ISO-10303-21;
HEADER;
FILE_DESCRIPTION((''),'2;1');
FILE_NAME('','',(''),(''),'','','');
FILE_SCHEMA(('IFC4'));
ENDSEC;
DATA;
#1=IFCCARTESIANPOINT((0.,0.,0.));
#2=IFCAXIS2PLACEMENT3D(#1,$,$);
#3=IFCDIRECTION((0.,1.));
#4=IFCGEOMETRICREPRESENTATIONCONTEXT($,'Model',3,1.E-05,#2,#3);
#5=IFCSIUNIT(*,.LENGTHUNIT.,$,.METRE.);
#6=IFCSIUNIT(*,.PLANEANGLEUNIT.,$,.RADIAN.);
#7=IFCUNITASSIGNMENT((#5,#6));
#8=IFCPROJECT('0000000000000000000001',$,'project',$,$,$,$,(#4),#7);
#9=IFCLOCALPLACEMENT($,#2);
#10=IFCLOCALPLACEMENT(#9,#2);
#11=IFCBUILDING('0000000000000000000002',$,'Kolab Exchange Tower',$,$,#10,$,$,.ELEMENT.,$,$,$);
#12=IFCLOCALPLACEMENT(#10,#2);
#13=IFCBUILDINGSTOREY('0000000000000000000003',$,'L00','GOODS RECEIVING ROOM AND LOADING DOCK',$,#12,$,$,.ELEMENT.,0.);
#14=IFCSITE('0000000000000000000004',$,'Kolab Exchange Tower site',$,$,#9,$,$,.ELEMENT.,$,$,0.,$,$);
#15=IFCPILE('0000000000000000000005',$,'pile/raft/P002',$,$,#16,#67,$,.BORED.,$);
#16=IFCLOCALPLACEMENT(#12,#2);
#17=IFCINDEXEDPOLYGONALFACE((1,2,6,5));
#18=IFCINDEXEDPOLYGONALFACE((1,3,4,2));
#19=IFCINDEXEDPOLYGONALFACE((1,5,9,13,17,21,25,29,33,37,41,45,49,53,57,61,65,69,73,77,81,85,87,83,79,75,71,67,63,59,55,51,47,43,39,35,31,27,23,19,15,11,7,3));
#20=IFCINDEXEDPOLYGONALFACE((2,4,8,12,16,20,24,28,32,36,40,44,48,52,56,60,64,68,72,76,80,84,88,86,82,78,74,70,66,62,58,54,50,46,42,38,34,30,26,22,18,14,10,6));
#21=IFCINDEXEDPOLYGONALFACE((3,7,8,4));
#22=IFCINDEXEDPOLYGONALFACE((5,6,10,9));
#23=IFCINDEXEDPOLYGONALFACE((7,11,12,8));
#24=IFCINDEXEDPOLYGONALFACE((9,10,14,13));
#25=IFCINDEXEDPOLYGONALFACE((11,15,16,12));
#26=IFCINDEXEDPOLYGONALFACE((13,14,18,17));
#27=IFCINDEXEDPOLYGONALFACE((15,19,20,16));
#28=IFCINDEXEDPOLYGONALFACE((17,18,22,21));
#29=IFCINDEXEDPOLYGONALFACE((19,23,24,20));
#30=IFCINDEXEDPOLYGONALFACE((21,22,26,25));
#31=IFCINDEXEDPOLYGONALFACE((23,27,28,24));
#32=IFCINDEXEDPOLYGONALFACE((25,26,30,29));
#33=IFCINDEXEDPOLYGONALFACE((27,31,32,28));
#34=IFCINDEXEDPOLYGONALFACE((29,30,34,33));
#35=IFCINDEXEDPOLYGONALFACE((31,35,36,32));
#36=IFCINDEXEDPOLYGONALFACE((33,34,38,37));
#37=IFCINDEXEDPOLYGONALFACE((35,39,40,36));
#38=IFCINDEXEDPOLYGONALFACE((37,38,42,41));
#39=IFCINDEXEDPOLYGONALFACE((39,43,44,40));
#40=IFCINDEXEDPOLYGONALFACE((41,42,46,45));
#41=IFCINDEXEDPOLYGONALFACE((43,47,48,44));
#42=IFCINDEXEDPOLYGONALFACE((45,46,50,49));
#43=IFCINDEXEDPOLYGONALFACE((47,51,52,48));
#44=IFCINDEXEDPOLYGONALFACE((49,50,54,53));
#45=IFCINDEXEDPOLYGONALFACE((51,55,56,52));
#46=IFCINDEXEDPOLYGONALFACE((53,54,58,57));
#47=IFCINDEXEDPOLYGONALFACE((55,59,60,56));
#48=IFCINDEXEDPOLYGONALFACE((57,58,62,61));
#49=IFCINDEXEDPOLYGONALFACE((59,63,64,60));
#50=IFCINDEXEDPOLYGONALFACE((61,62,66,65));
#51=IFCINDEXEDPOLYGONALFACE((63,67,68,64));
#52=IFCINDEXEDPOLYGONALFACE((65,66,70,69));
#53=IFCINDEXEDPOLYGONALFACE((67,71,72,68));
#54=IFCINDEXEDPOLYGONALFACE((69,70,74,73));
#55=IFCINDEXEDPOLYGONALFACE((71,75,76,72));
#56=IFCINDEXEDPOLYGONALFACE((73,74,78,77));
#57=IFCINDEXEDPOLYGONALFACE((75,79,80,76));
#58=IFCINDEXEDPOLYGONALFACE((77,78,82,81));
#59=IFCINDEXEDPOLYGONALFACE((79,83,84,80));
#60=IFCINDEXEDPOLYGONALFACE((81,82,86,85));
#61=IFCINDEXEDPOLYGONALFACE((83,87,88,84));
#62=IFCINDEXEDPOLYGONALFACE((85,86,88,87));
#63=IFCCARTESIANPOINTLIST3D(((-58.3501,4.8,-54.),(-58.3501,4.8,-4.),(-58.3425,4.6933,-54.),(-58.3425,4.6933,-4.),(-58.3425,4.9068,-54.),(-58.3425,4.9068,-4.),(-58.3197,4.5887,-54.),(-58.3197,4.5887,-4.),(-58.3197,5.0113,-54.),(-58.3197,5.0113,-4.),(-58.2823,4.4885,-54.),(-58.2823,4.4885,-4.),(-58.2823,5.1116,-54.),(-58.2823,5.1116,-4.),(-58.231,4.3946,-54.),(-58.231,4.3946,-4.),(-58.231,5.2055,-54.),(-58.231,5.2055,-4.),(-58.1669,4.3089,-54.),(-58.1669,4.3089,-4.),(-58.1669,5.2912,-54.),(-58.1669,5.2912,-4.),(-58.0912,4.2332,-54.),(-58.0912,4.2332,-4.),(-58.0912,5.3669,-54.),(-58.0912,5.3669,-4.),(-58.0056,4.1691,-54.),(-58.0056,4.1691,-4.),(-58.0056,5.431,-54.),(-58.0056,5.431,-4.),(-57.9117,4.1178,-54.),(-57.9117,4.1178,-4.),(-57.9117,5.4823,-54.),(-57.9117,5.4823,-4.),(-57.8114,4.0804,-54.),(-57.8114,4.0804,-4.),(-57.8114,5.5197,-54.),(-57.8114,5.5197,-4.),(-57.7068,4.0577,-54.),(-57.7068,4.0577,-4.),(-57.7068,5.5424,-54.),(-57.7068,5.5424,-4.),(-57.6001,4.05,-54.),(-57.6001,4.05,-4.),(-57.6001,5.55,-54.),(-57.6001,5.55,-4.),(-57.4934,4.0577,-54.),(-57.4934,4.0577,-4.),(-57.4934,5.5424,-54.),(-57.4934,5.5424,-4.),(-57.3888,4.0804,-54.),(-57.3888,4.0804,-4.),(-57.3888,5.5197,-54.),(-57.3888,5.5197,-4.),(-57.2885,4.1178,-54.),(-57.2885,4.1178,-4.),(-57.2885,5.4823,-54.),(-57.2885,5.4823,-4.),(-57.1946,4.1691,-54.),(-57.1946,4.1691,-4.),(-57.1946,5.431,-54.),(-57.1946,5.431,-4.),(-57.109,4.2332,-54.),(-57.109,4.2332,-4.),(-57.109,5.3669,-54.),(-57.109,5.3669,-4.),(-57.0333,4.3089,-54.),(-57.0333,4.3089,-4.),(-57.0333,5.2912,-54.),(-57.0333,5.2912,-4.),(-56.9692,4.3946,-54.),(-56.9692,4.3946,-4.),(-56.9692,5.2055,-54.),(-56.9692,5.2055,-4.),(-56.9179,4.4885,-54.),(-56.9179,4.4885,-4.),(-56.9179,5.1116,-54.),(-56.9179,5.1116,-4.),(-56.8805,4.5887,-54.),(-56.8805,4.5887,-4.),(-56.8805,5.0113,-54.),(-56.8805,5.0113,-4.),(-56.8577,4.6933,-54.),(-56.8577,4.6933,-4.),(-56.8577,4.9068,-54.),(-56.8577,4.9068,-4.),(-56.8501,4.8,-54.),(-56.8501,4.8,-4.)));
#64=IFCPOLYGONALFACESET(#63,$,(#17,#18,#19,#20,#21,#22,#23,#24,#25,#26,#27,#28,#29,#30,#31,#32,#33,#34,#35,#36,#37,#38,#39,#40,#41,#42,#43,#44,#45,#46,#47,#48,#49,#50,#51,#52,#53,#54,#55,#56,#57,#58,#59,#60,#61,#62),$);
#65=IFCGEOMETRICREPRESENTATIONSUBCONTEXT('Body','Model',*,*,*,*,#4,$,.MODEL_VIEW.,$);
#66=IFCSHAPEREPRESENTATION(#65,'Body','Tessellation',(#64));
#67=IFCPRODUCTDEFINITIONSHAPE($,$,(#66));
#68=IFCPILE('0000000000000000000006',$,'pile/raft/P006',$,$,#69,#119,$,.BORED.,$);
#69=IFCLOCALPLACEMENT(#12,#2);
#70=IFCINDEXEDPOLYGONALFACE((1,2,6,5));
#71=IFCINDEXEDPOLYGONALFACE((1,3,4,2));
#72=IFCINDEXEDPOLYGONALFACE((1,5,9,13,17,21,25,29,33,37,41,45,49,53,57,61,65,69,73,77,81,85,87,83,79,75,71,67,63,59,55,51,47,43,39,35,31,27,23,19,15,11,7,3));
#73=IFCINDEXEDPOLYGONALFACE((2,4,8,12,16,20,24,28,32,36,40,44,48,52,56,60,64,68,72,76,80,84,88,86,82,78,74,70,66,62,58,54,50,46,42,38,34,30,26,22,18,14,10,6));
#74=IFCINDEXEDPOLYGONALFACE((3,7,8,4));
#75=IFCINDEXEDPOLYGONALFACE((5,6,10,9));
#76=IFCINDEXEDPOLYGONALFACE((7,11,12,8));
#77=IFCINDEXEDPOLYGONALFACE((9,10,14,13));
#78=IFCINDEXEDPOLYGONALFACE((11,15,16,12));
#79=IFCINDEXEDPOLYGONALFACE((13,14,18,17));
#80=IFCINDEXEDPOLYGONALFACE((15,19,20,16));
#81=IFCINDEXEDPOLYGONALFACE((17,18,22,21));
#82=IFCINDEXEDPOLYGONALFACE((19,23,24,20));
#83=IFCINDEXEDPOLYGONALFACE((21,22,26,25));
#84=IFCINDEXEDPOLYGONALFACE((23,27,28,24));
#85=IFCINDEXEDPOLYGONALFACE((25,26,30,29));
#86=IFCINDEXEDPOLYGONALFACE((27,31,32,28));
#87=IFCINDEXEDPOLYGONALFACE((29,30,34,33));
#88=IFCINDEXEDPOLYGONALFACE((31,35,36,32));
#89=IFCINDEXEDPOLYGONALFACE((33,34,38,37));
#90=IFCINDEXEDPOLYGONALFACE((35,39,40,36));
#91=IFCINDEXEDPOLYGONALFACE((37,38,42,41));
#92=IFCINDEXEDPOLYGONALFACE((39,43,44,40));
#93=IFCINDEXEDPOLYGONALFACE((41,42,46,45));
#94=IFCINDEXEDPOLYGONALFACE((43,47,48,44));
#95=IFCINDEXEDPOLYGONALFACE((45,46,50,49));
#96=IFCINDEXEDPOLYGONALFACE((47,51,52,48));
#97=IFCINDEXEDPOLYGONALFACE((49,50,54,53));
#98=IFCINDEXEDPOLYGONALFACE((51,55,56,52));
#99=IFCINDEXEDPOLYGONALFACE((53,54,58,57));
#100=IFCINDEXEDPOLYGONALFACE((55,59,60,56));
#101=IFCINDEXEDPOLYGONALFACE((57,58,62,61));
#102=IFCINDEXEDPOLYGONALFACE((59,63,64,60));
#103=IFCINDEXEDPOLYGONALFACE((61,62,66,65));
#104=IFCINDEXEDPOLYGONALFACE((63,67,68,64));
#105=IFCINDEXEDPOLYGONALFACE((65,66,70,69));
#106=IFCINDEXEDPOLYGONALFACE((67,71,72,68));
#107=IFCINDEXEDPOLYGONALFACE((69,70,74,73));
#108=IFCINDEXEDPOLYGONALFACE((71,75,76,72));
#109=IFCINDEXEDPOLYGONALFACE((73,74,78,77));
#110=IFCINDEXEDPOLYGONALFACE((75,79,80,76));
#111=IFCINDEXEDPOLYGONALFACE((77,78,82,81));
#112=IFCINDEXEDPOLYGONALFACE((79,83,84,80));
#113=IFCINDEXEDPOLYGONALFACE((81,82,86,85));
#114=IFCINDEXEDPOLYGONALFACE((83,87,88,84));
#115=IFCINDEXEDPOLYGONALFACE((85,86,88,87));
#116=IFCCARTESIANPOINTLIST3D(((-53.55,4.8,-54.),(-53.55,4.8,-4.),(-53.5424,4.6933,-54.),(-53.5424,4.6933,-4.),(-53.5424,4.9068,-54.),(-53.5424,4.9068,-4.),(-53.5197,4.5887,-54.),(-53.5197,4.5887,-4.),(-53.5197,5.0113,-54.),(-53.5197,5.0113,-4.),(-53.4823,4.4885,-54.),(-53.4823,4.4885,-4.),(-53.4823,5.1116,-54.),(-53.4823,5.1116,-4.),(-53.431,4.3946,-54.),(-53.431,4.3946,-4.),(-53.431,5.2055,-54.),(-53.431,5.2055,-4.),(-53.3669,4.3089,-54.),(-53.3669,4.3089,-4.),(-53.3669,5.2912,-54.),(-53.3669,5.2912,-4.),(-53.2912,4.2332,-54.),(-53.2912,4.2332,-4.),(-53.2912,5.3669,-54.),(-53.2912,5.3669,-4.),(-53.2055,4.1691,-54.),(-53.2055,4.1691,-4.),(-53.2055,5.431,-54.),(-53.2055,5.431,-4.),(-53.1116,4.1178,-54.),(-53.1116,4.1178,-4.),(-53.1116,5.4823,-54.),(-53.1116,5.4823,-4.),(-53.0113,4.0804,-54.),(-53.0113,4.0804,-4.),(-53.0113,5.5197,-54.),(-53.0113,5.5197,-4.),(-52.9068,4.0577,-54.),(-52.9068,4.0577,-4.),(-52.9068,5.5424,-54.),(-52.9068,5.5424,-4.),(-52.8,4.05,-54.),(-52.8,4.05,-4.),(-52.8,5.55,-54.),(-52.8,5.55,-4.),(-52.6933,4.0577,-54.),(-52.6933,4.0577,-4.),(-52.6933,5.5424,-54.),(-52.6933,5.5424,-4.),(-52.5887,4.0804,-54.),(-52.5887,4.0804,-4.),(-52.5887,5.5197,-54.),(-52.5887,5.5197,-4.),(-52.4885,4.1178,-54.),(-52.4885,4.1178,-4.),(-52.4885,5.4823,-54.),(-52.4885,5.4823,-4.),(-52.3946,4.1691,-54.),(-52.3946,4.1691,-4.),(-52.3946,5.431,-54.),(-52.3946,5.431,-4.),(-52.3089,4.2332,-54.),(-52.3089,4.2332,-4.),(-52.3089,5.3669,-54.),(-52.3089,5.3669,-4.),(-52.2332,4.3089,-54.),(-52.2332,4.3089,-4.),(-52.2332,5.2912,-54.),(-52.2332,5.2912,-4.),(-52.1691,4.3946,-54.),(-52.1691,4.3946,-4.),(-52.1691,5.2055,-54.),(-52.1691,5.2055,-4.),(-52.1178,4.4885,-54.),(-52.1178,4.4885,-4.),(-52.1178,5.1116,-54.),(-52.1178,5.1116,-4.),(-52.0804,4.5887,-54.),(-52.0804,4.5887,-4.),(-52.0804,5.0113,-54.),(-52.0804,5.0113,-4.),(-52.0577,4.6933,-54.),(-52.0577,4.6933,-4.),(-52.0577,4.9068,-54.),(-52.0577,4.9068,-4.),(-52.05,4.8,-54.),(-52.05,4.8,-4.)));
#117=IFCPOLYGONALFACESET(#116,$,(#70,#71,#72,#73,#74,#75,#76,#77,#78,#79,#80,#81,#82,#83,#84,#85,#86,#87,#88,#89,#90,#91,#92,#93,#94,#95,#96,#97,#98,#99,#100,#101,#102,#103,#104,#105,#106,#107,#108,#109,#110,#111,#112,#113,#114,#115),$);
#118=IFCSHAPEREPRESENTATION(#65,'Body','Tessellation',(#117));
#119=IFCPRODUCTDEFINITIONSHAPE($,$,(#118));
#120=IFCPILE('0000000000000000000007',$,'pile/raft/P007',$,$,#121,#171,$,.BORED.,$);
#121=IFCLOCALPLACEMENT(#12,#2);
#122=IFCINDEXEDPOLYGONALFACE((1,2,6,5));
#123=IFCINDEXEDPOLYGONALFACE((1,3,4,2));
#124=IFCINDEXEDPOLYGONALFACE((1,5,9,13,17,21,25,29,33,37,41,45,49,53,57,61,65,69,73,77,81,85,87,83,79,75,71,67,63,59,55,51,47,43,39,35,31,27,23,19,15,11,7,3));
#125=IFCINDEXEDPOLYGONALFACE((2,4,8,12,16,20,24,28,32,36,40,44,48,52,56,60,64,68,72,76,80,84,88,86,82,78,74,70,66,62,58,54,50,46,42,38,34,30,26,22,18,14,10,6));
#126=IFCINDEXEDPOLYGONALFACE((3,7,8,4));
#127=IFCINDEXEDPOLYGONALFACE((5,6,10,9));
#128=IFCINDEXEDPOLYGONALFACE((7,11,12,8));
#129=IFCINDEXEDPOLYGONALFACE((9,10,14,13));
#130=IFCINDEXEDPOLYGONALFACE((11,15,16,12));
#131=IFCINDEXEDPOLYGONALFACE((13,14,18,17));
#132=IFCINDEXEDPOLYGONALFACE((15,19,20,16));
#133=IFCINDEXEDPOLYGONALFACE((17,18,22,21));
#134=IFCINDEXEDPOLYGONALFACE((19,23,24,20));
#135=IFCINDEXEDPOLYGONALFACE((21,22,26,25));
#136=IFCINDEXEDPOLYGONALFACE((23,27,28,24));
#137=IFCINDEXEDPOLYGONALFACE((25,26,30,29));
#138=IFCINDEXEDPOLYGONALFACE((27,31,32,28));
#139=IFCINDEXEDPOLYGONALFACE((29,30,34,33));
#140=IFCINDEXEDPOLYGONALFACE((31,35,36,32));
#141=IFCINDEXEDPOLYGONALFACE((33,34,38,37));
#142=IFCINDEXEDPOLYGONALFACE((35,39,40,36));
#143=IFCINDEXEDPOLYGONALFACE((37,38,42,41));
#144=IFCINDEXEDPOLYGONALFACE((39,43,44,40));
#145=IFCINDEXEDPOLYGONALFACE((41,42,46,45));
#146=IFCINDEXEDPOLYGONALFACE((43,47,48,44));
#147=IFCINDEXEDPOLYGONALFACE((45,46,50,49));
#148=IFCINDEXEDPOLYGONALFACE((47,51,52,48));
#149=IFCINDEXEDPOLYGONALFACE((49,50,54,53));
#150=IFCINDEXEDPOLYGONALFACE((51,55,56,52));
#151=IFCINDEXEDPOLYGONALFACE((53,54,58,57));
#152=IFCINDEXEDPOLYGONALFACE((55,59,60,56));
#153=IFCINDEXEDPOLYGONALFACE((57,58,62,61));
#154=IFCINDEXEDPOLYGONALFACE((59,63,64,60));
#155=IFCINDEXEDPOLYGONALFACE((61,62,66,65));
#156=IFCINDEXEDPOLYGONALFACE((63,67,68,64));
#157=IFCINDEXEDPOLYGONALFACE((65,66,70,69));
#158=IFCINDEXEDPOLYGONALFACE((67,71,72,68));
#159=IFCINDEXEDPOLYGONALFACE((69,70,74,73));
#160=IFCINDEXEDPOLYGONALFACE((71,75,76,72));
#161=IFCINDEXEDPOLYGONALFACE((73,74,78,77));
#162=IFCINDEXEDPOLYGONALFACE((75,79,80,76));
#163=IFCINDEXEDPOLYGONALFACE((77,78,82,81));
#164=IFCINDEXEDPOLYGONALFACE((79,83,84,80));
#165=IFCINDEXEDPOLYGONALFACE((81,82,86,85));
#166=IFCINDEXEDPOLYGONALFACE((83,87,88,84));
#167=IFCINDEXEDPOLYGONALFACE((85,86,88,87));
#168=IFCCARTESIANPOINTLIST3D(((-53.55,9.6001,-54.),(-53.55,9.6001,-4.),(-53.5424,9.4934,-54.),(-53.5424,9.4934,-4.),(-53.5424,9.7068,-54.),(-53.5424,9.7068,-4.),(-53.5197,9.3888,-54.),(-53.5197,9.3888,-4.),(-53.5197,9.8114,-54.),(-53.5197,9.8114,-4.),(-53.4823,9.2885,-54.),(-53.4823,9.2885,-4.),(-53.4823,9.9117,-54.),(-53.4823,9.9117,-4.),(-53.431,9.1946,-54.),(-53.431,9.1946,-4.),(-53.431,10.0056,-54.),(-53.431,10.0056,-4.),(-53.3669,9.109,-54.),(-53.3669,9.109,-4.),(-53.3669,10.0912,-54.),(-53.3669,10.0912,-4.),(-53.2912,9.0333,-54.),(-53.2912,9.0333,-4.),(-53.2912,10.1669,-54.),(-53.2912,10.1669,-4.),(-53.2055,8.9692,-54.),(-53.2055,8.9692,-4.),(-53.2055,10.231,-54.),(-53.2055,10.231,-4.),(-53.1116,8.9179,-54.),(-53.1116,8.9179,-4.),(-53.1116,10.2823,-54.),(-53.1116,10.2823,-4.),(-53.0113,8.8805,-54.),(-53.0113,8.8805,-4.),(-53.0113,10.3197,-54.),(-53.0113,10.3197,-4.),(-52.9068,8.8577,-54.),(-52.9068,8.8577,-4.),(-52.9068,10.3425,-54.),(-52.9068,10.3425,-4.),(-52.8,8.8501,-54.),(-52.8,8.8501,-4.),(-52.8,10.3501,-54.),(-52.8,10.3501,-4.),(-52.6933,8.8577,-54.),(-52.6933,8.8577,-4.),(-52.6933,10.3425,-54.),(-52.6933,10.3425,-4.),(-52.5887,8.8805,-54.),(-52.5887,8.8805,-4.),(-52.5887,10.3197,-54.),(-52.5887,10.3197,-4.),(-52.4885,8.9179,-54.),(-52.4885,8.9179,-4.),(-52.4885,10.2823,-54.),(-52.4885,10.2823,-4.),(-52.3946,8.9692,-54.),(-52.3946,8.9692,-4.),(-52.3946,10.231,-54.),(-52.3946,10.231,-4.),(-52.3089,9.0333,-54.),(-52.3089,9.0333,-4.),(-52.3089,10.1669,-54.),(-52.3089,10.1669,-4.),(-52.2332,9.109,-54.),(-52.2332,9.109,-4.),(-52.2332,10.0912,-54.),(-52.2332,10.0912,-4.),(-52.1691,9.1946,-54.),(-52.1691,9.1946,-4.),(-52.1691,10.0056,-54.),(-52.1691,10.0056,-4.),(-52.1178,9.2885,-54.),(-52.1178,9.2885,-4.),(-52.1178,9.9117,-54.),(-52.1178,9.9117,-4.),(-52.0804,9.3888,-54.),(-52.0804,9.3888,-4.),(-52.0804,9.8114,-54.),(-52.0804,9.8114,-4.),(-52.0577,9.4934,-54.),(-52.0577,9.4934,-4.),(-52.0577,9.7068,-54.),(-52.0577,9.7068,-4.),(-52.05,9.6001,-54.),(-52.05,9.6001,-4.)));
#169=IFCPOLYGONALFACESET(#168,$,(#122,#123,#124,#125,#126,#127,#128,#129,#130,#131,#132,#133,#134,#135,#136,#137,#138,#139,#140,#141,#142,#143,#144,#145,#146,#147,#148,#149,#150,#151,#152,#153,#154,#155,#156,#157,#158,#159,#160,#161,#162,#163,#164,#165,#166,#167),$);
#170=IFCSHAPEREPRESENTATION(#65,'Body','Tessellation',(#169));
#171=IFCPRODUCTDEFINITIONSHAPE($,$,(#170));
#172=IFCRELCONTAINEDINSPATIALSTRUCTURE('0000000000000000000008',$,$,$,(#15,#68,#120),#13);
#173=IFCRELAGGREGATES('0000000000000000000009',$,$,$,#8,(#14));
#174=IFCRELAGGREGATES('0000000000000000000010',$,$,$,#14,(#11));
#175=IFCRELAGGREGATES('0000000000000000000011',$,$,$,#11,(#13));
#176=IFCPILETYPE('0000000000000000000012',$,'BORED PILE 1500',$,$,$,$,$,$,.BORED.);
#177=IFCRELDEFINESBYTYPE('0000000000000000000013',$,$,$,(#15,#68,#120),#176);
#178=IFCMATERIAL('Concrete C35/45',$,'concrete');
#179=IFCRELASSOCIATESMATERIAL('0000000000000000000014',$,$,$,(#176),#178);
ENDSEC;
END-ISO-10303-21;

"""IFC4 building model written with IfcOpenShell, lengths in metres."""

from ifc_helpers import new_model, si_unit, direction, frame, origin, origin_2d, place, context, subcontext, project, spatial, circle, extrude, material, material_profile, profile_set, type_object, element, save


model = new_model("IFC4")

# Units and contexts
model_context = context("Model", 3, precision=1e-05, world=origin(), true_north=direction((0.0, 1.0)))
body_context = subcontext(model_context, "Body", "Model", "MODEL_VIEW")
ifc_project = project(units=[si_unit("LENGTHUNIT", "METRE"), si_unit("PLANEANGLEUNIT", "RADIAN")], contexts=[model_context])

# Site, building, storey
site_placement = place(None, origin())
site = spatial("IfcSite", under=ifc_project, at=site_placement, Name="Kolab Exchange Tower site", CompositionType="ELEMENT", RefElevation=0.0)
building_placement = place(site_placement, origin())
building = spatial("IfcBuilding", under=site, at=building_placement, Name="Kolab Exchange Tower", CompositionType="ELEMENT")
storey_placement = place(building_placement, origin())
storey = spatial("IfcBuildingStorey", under=building, at=storey_placement, Name="L00", Description="GOODS RECEIVING ROOM AND LOADING DOCK", CompositionType="ELEMENT", Elevation=0.0)

# Piles
ifc_material_1 = material(Name="Concrete C35/45", Category="concrete")
ifc_material_profile_1 = material_profile(ifc_material_1, circle(Radius=0.75, at=origin_2d()), Name="BP1500")
ifc_profile_set_1 = profile_set([ifc_material_profile_1], Name="Concrete C35/45")
pile_type = type_object("IfcPileType", Name="BORED PILE 1500", PredefinedType="BORED", material=ifc_profile_set_1)
for number, where, z_axis, x_axis, name in (
    (1, (-57.6001, 4.8, -4.0), (0.0, 0.0, -1.0), (1.0, 0.0, 0.0), "pile/raft/P002"),
    (2, (-52.8, 4.8, -4.0), (0.0, 0.0, -1.0), (1.0, 0.0, 0.0), "pile/raft/P006"),
    (3, (-52.8, 9.6001, -4.0), (0.0, 0.0, -1.0), (1.0, 0.0, 0.0), "pile/raft/P007"),
):
    element("IfcPile", number, at=place(storey_placement, frame(where, z_axis=z_axis, x_axis=x_axis)), inside=storey, type_object=pile_type, Name=name, PredefinedType="BORED", context=body_context, shape_type="SweptSolid", body=[
        extrude(circle(Radius=0.75, at=origin_2d()), origin(), (0.0, 0.0, 1.0), 50.0),
    ])

save(model, "model.ifc")
